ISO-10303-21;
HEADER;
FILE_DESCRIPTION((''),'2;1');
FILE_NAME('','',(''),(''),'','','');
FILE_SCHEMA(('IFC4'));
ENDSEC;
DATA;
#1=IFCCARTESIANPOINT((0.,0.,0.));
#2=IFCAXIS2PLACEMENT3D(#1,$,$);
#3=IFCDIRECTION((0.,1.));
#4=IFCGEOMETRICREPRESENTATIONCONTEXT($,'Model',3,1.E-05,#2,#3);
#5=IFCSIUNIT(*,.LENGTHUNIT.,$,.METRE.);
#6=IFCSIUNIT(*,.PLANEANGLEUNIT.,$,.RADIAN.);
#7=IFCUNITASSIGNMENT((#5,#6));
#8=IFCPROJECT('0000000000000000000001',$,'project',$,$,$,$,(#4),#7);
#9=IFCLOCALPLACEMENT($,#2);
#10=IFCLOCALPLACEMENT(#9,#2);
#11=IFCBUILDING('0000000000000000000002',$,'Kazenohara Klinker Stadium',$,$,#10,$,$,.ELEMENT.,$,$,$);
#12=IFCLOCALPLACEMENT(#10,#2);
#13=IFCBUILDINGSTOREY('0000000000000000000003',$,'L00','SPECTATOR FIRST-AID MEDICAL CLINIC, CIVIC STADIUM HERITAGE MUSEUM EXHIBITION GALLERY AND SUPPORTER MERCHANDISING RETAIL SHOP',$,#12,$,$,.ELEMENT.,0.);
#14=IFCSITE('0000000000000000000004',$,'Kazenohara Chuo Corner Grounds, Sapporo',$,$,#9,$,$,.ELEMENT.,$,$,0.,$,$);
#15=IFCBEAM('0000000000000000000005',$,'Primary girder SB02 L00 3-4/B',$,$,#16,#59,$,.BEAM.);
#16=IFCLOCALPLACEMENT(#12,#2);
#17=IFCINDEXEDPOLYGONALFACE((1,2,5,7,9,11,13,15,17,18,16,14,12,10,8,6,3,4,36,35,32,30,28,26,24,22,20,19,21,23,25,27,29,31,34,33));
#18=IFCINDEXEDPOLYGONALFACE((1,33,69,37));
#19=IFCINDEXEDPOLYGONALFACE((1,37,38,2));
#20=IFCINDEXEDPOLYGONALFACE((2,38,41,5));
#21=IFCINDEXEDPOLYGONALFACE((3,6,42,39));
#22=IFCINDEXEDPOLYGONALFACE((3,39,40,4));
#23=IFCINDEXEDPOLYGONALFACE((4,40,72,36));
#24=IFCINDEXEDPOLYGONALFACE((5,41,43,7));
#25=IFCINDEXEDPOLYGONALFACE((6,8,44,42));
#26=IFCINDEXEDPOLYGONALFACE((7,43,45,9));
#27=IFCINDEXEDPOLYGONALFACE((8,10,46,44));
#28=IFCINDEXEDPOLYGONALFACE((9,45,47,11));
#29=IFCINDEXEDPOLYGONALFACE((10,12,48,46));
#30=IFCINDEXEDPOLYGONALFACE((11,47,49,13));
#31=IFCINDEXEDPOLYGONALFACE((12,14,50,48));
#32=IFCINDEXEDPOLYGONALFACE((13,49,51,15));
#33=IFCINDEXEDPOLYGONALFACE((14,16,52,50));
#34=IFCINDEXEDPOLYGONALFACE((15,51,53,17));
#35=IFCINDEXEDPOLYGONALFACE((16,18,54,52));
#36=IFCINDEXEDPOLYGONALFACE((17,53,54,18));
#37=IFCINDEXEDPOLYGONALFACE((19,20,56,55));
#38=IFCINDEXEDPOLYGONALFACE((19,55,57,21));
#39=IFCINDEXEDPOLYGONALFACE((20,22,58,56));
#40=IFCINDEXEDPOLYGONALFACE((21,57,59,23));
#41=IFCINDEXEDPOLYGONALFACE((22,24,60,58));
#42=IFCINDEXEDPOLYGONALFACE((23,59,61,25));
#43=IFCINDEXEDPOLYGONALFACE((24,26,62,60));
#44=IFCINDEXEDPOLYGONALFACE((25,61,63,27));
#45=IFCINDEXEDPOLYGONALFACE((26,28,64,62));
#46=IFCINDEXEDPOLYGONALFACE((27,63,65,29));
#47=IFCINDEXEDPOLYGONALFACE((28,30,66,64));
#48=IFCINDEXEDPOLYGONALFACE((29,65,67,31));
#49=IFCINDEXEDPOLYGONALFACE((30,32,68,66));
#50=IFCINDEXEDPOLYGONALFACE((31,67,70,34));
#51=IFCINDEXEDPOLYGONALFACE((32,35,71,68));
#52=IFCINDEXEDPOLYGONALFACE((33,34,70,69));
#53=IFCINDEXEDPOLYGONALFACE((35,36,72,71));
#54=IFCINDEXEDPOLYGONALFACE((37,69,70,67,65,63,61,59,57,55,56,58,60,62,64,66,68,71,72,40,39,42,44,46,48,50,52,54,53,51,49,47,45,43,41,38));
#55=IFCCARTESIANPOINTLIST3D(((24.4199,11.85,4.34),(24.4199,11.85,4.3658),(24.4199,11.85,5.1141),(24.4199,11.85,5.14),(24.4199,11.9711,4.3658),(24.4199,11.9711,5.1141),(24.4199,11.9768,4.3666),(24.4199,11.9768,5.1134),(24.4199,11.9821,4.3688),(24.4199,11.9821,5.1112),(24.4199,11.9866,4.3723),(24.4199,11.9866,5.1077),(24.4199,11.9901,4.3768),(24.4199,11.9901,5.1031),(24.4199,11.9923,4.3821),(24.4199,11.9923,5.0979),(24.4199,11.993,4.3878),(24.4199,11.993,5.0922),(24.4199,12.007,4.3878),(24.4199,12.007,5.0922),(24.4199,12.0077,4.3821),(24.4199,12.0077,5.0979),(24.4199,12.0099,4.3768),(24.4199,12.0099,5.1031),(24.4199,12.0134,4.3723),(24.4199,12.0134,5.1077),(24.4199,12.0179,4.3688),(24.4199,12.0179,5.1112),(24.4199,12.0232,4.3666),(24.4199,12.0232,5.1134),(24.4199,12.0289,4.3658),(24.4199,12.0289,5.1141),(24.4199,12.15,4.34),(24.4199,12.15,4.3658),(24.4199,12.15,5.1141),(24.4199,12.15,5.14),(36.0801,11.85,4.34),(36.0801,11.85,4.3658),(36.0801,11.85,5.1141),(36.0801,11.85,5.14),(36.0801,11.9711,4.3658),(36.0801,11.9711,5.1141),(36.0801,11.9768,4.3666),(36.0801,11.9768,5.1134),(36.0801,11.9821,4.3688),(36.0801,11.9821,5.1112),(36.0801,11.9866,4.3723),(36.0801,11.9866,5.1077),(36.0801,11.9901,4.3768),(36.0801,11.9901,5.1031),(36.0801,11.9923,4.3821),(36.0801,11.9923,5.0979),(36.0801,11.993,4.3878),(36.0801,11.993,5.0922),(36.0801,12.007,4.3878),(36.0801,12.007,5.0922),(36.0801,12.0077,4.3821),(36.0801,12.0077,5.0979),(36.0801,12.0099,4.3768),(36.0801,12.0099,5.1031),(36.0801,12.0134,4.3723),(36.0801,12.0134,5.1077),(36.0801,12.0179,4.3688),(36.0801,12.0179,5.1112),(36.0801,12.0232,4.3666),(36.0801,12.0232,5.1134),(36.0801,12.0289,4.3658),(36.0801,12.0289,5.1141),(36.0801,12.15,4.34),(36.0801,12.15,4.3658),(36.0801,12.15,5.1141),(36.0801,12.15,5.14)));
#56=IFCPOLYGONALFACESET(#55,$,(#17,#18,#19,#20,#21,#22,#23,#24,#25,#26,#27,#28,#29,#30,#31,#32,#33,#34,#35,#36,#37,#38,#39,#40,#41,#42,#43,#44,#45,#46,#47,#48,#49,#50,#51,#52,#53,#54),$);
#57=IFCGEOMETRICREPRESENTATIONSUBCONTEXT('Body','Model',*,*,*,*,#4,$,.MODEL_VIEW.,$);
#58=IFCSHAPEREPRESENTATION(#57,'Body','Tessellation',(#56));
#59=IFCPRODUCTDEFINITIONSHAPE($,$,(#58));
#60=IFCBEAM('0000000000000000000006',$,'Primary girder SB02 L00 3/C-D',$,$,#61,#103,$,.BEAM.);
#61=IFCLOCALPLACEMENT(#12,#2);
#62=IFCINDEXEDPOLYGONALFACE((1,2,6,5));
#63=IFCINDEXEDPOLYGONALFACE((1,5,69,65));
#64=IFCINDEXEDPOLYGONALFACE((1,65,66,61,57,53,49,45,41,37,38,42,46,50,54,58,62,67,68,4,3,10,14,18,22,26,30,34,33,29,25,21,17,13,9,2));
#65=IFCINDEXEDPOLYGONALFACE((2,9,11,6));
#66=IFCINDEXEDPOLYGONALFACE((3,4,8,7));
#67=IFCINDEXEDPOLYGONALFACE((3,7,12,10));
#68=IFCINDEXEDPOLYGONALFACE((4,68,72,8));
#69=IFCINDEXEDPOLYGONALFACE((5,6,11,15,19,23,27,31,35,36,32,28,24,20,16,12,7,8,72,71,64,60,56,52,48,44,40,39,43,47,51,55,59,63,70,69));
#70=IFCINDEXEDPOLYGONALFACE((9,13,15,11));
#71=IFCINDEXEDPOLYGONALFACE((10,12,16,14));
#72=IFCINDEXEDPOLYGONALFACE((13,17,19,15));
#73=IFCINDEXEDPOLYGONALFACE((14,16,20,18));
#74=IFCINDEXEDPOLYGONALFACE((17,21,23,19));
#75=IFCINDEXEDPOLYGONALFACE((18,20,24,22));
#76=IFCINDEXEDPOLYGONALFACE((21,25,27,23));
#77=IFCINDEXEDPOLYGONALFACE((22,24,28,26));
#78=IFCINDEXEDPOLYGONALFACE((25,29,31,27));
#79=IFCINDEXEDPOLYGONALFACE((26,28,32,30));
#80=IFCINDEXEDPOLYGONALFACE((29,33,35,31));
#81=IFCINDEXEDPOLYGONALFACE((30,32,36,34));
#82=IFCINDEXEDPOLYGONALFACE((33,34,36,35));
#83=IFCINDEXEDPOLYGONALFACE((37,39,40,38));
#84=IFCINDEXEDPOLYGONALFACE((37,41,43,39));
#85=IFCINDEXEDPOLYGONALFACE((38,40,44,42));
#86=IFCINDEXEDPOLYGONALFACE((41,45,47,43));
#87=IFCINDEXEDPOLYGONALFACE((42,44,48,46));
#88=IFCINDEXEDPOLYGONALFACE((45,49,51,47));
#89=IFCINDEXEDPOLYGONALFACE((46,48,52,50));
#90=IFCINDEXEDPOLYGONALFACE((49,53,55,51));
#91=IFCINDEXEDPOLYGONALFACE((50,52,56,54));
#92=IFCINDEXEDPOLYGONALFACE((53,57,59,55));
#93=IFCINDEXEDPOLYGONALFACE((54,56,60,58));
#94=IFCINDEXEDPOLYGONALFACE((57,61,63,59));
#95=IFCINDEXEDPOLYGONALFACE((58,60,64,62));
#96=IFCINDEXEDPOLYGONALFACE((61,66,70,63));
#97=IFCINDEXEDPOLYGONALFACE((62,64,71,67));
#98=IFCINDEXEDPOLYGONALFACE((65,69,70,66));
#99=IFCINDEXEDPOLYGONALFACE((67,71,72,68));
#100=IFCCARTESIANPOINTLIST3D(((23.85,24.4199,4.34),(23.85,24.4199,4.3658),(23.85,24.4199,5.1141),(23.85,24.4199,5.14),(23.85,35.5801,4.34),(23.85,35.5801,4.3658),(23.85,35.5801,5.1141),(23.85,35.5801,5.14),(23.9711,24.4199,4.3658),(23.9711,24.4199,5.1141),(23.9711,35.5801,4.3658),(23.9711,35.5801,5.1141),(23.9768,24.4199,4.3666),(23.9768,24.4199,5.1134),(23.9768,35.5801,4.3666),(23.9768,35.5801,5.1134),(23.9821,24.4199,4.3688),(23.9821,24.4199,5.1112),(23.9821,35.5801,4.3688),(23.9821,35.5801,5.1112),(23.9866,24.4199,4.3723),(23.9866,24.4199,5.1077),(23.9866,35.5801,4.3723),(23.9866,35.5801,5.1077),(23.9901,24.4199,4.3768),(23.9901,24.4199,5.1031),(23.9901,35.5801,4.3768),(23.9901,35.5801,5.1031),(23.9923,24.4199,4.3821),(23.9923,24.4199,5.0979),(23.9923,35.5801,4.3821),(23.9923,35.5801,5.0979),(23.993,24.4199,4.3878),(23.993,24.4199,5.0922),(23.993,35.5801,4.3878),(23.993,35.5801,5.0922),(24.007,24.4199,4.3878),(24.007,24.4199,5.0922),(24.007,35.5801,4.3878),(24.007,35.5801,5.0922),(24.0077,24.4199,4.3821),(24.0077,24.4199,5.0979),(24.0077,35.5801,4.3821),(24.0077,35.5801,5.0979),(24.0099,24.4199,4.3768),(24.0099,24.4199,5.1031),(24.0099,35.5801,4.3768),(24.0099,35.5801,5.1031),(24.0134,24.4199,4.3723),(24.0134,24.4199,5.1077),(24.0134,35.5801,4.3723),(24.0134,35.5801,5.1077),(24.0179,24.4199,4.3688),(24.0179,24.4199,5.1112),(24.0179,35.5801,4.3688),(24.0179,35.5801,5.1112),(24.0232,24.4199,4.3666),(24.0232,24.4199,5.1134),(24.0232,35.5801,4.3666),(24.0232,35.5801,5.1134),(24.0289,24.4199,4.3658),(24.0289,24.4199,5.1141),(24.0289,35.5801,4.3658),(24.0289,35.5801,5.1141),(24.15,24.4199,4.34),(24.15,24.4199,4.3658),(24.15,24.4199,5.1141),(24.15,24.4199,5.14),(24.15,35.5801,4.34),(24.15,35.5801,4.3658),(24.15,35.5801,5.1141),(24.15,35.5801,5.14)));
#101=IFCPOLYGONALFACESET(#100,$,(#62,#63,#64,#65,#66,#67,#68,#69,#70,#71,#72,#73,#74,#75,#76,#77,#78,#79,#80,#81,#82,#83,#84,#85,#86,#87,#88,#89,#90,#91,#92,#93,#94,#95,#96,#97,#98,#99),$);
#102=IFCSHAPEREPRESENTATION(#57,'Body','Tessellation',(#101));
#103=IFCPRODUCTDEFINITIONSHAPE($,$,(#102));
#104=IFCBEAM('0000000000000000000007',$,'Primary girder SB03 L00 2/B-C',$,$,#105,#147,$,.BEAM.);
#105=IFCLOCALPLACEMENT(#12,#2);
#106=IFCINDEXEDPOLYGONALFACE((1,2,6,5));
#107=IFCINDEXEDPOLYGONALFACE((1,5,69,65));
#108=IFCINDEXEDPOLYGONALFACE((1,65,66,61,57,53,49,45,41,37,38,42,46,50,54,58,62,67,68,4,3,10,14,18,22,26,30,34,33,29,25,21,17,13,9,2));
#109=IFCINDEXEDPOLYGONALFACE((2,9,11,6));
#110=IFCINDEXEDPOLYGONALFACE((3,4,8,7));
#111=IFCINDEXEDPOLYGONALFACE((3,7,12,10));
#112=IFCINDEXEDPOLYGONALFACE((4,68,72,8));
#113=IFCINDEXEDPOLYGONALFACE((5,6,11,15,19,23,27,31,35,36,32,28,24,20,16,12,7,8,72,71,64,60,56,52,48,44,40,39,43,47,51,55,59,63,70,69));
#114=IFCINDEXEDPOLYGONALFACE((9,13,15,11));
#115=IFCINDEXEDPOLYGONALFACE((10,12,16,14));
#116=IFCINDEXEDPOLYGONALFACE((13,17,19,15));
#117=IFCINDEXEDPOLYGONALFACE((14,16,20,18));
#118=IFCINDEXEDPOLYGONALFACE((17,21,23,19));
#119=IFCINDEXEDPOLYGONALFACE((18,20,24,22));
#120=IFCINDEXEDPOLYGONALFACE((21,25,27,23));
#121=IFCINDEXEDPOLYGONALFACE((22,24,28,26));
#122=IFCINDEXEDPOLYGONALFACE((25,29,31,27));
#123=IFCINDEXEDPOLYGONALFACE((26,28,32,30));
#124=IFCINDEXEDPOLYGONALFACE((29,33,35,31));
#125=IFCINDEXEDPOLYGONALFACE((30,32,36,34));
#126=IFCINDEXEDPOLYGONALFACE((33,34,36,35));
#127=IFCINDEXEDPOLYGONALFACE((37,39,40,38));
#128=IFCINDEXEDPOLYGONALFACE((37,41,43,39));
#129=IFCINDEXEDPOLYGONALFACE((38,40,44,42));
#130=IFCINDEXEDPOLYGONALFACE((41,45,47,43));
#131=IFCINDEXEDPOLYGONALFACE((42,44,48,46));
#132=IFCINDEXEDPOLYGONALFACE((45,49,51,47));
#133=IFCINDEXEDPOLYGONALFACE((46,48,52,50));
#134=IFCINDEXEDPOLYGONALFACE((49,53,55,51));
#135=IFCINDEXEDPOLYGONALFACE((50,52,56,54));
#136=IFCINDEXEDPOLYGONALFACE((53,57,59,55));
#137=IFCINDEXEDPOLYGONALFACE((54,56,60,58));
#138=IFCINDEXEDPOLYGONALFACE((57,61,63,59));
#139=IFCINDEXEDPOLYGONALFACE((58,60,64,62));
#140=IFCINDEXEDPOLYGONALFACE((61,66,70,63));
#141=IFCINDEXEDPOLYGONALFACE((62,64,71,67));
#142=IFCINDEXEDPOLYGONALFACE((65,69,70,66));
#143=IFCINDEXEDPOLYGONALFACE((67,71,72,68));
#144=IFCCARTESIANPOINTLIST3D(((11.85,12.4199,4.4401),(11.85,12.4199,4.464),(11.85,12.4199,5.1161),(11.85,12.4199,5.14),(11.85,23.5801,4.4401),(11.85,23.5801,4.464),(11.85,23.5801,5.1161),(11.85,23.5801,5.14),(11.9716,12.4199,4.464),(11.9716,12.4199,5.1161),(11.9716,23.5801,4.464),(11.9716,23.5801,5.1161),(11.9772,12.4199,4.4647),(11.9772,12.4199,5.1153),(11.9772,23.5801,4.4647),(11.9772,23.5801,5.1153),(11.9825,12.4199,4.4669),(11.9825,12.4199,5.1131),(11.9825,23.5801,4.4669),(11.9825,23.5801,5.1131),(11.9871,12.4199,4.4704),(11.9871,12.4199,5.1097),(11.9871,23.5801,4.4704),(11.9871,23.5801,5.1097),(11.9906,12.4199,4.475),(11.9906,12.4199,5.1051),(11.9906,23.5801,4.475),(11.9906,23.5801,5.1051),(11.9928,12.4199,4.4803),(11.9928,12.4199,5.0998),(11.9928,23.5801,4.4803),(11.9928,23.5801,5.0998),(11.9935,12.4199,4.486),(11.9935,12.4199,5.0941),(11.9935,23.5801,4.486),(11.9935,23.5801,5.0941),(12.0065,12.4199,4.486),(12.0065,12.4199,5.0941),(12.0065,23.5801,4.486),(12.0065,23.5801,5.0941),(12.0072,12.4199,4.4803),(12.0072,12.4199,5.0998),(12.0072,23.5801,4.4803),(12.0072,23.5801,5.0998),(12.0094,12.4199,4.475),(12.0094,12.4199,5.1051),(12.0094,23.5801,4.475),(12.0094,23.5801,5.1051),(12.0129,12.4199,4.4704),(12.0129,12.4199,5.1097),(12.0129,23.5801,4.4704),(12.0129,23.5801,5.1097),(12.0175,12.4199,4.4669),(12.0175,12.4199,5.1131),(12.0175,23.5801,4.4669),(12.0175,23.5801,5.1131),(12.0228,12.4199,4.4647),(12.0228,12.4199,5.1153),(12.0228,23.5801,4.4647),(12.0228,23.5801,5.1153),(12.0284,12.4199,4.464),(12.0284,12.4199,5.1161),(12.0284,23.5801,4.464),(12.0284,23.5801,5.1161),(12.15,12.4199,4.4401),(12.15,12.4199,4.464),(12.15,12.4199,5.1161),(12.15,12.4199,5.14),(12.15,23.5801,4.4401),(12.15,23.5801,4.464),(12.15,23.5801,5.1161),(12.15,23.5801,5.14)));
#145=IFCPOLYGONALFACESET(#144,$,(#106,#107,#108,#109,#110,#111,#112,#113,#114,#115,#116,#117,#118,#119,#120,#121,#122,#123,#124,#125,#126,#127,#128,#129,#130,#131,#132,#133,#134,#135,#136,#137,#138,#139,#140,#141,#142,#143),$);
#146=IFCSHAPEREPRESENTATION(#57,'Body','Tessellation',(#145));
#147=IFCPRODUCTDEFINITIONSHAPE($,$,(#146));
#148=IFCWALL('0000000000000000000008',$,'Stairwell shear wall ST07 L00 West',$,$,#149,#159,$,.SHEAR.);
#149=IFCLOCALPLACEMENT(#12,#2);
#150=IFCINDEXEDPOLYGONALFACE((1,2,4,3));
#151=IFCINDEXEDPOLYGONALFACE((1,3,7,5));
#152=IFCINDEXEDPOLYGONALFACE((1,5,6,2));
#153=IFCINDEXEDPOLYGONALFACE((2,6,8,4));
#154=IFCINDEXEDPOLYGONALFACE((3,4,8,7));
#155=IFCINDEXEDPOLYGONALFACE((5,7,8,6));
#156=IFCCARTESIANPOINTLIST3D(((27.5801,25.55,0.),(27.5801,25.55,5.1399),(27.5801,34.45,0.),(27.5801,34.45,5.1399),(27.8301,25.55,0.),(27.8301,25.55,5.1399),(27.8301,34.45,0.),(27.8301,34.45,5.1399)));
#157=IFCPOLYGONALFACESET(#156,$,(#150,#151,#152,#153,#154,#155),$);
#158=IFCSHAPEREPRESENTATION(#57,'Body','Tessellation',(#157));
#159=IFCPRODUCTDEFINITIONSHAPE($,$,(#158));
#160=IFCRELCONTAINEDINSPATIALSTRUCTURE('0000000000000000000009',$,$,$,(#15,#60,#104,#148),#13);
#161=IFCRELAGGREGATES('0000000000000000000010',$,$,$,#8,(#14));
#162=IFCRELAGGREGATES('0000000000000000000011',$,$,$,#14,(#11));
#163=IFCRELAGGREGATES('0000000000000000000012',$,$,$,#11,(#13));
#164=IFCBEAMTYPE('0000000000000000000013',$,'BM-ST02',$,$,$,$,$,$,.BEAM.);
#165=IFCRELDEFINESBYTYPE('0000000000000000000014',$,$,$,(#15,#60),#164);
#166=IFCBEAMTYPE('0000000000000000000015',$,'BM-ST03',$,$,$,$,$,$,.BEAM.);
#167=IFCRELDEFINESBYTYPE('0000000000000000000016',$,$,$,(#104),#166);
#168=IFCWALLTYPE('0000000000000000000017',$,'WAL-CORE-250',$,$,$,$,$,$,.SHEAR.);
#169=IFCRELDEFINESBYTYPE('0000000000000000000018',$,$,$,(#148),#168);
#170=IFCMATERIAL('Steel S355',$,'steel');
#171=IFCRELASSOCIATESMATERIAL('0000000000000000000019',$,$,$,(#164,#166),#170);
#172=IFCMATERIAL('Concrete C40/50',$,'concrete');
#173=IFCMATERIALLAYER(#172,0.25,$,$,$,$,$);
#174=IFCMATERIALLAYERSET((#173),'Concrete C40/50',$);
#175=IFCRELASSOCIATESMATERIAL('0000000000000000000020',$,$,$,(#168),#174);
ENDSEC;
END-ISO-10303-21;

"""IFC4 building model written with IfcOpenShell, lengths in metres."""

from ifc_helpers import new_model, si_unit, direction, frame, frame_2d, origin, origin_2d, place, context, subcontext, project, spatial, rectangle, i_section, extrude, material, layer, layer_set, material_profile, profile_set, type_object, element, save


model = new_model("IFC4")

# Units and contexts
model_context = context("Model", 3, precision=1e-05, world=origin(), true_north=direction((0.0, 1.0)))
body_context = subcontext(model_context, "Body", "Model", "MODEL_VIEW")
ifc_project = project(units=[si_unit("LENGTHUNIT", "METRE"), si_unit("PLANEANGLEUNIT", "RADIAN")], contexts=[model_context])

# Site, building, storey
site_placement = place(None, origin())
site = spatial("IfcSite", under=ifc_project, at=site_placement, Name="Kazenohara Chuo Corner Grounds, Sapporo", CompositionType="ELEMENT", RefElevation=0.0)
building_placement = place(site_placement, origin())
building = spatial("IfcBuilding", under=site, at=building_placement, Name="Kazenohara Klinker Stadium", CompositionType="ELEMENT")
storey_placement = place(building_placement, origin())
storey = spatial("IfcBuildingStorey", under=building, at=storey_placement, Name="L00", Description="SPECTATOR FIRST-AID MEDICAL CLINIC, CIVIC STADIUM HERITAGE MUSEUM EXHIBITION GALLERY AND SUPPORTER MERCHANDISING RETAIL SHOP", CompositionType="ELEMENT", Elevation=0.0)

# Shared definitions
ifc_material_1 = material(Name="Concrete C40/50", Category="concrete")

# Beams
ifc_material_2 = material(Name="Steel S355", Category="steel")
ifc_material_profile_1 = material_profile(ifc_material_2, i_section(OverallWidth=0.3, OverallDepth=0.8, WebThickness=0.0139, FlangeThickness=0.0259, FilletRadius=0.022, at=origin_2d()), Name="H-800x300x14x26")
ifc_profile_set_1 = profile_set([ifc_material_profile_1], Name="Steel S355")
beam_type_1 = type_object("IfcBeamType", Name="BM-ST02", PredefinedType="BEAM", material=ifc_profile_set_1)
beam_1_placement = place(storey_placement, frame((24.4199, 12.0, 4.74), z_axis=(1.0, 0.0, 0.0), x_axis=(0.0, 1.0, 0.0)))
element("IfcBeam", 1, at=beam_1_placement, inside=storey, type_object=beam_type_1, Name="Primary girder SB02 L00 3-4/B", PredefinedType="BEAM", context=body_context, shape_type="SweptSolid", body=[
    extrude(i_section(OverallWidth=0.3, OverallDepth=0.8, WebThickness=0.0139, FlangeThickness=0.0259, FilletRadius=0.022, at=origin_2d()), origin(), (0.0, 0.0, 1.0), 11.6602),
])
beam_2_placement = place(storey_placement, frame((24.0, 24.4199, 4.74), z_axis=(0.0, 1.0, 0.0), x_axis=(-1.0, 0.0, 0.0)))
element("IfcBeam", 2, at=beam_2_placement, inside=storey, type_object=beam_type_1, Name="Primary girder SB02 L00 3/C-D", PredefinedType="BEAM", context=body_context, shape_type="SweptSolid", body=[
    extrude(i_section(OverallWidth=0.3, OverallDepth=0.8, WebThickness=0.0139, FlangeThickness=0.0259, FilletRadius=0.022, at=origin_2d()), origin(), (0.0, 0.0, 1.0), 11.1602),
])
ifc_material_profile_2 = material_profile(ifc_material_2, i_section(OverallWidth=0.3, OverallDepth=0.7, WebThickness=0.0129, FlangeThickness=0.0239, FilletRadius=0.022, at=origin_2d()), Name="H-700x300x13x24")
ifc_profile_set_2 = profile_set([ifc_material_profile_2], Name="Steel S355")
beam_type_2 = type_object("IfcBeamType", Name="BM-ST03", PredefinedType="BEAM", material=ifc_profile_set_2)
beam_3_placement = place(storey_placement, frame((12.0, 12.4199, 4.79), z_axis=(0.0, 1.0, 0.0), x_axis=(-1.0, 0.0, 0.0)))
element("IfcBeam", 3, at=beam_3_placement, inside=storey, type_object=beam_type_2, Name="Primary girder SB03 L00 2/B-C", PredefinedType="BEAM", context=body_context, shape_type="SweptSolid", body=[
    extrude(i_section(OverallWidth=0.3, OverallDepth=0.7, WebThickness=0.0129, FlangeThickness=0.0239, FilletRadius=0.022, at=origin_2d()), origin(), (0.0, 0.0, 1.0), 11.1602),
])

# Shared definitions
ifc_layer_1 = layer(ifc_material_1, 0.25)
ifc_layer_set_1 = layer_set([ifc_layer_1], Name="Concrete C40/50")
wall_type_1 = type_object("IfcWallType", Name="WAL-CORE-250", PredefinedType="SHEAR", material=ifc_layer_set_1)

# Wall
wall_1_placement = place(storey_placement, frame((27.7051, 25.55, 0.0), z_axis=(0.0, 0.0, 1.0), x_axis=(0.0, 1.0, 0.0)))
element("IfcWall", 4, at=wall_1_placement, inside=storey, type_object=wall_type_1, Name="Stairwell shear wall ST07 L00 West", PredefinedType="SHEAR", context=body_context, shape_type="SweptSolid", body=[
    extrude(rectangle(XDim=8.8999, YDim=0.25, at=frame_2d((4.45, 0.0))), origin(), (0.0, 0.0, 1.0), 5.1399),
])

save(model, "model.ifc")
